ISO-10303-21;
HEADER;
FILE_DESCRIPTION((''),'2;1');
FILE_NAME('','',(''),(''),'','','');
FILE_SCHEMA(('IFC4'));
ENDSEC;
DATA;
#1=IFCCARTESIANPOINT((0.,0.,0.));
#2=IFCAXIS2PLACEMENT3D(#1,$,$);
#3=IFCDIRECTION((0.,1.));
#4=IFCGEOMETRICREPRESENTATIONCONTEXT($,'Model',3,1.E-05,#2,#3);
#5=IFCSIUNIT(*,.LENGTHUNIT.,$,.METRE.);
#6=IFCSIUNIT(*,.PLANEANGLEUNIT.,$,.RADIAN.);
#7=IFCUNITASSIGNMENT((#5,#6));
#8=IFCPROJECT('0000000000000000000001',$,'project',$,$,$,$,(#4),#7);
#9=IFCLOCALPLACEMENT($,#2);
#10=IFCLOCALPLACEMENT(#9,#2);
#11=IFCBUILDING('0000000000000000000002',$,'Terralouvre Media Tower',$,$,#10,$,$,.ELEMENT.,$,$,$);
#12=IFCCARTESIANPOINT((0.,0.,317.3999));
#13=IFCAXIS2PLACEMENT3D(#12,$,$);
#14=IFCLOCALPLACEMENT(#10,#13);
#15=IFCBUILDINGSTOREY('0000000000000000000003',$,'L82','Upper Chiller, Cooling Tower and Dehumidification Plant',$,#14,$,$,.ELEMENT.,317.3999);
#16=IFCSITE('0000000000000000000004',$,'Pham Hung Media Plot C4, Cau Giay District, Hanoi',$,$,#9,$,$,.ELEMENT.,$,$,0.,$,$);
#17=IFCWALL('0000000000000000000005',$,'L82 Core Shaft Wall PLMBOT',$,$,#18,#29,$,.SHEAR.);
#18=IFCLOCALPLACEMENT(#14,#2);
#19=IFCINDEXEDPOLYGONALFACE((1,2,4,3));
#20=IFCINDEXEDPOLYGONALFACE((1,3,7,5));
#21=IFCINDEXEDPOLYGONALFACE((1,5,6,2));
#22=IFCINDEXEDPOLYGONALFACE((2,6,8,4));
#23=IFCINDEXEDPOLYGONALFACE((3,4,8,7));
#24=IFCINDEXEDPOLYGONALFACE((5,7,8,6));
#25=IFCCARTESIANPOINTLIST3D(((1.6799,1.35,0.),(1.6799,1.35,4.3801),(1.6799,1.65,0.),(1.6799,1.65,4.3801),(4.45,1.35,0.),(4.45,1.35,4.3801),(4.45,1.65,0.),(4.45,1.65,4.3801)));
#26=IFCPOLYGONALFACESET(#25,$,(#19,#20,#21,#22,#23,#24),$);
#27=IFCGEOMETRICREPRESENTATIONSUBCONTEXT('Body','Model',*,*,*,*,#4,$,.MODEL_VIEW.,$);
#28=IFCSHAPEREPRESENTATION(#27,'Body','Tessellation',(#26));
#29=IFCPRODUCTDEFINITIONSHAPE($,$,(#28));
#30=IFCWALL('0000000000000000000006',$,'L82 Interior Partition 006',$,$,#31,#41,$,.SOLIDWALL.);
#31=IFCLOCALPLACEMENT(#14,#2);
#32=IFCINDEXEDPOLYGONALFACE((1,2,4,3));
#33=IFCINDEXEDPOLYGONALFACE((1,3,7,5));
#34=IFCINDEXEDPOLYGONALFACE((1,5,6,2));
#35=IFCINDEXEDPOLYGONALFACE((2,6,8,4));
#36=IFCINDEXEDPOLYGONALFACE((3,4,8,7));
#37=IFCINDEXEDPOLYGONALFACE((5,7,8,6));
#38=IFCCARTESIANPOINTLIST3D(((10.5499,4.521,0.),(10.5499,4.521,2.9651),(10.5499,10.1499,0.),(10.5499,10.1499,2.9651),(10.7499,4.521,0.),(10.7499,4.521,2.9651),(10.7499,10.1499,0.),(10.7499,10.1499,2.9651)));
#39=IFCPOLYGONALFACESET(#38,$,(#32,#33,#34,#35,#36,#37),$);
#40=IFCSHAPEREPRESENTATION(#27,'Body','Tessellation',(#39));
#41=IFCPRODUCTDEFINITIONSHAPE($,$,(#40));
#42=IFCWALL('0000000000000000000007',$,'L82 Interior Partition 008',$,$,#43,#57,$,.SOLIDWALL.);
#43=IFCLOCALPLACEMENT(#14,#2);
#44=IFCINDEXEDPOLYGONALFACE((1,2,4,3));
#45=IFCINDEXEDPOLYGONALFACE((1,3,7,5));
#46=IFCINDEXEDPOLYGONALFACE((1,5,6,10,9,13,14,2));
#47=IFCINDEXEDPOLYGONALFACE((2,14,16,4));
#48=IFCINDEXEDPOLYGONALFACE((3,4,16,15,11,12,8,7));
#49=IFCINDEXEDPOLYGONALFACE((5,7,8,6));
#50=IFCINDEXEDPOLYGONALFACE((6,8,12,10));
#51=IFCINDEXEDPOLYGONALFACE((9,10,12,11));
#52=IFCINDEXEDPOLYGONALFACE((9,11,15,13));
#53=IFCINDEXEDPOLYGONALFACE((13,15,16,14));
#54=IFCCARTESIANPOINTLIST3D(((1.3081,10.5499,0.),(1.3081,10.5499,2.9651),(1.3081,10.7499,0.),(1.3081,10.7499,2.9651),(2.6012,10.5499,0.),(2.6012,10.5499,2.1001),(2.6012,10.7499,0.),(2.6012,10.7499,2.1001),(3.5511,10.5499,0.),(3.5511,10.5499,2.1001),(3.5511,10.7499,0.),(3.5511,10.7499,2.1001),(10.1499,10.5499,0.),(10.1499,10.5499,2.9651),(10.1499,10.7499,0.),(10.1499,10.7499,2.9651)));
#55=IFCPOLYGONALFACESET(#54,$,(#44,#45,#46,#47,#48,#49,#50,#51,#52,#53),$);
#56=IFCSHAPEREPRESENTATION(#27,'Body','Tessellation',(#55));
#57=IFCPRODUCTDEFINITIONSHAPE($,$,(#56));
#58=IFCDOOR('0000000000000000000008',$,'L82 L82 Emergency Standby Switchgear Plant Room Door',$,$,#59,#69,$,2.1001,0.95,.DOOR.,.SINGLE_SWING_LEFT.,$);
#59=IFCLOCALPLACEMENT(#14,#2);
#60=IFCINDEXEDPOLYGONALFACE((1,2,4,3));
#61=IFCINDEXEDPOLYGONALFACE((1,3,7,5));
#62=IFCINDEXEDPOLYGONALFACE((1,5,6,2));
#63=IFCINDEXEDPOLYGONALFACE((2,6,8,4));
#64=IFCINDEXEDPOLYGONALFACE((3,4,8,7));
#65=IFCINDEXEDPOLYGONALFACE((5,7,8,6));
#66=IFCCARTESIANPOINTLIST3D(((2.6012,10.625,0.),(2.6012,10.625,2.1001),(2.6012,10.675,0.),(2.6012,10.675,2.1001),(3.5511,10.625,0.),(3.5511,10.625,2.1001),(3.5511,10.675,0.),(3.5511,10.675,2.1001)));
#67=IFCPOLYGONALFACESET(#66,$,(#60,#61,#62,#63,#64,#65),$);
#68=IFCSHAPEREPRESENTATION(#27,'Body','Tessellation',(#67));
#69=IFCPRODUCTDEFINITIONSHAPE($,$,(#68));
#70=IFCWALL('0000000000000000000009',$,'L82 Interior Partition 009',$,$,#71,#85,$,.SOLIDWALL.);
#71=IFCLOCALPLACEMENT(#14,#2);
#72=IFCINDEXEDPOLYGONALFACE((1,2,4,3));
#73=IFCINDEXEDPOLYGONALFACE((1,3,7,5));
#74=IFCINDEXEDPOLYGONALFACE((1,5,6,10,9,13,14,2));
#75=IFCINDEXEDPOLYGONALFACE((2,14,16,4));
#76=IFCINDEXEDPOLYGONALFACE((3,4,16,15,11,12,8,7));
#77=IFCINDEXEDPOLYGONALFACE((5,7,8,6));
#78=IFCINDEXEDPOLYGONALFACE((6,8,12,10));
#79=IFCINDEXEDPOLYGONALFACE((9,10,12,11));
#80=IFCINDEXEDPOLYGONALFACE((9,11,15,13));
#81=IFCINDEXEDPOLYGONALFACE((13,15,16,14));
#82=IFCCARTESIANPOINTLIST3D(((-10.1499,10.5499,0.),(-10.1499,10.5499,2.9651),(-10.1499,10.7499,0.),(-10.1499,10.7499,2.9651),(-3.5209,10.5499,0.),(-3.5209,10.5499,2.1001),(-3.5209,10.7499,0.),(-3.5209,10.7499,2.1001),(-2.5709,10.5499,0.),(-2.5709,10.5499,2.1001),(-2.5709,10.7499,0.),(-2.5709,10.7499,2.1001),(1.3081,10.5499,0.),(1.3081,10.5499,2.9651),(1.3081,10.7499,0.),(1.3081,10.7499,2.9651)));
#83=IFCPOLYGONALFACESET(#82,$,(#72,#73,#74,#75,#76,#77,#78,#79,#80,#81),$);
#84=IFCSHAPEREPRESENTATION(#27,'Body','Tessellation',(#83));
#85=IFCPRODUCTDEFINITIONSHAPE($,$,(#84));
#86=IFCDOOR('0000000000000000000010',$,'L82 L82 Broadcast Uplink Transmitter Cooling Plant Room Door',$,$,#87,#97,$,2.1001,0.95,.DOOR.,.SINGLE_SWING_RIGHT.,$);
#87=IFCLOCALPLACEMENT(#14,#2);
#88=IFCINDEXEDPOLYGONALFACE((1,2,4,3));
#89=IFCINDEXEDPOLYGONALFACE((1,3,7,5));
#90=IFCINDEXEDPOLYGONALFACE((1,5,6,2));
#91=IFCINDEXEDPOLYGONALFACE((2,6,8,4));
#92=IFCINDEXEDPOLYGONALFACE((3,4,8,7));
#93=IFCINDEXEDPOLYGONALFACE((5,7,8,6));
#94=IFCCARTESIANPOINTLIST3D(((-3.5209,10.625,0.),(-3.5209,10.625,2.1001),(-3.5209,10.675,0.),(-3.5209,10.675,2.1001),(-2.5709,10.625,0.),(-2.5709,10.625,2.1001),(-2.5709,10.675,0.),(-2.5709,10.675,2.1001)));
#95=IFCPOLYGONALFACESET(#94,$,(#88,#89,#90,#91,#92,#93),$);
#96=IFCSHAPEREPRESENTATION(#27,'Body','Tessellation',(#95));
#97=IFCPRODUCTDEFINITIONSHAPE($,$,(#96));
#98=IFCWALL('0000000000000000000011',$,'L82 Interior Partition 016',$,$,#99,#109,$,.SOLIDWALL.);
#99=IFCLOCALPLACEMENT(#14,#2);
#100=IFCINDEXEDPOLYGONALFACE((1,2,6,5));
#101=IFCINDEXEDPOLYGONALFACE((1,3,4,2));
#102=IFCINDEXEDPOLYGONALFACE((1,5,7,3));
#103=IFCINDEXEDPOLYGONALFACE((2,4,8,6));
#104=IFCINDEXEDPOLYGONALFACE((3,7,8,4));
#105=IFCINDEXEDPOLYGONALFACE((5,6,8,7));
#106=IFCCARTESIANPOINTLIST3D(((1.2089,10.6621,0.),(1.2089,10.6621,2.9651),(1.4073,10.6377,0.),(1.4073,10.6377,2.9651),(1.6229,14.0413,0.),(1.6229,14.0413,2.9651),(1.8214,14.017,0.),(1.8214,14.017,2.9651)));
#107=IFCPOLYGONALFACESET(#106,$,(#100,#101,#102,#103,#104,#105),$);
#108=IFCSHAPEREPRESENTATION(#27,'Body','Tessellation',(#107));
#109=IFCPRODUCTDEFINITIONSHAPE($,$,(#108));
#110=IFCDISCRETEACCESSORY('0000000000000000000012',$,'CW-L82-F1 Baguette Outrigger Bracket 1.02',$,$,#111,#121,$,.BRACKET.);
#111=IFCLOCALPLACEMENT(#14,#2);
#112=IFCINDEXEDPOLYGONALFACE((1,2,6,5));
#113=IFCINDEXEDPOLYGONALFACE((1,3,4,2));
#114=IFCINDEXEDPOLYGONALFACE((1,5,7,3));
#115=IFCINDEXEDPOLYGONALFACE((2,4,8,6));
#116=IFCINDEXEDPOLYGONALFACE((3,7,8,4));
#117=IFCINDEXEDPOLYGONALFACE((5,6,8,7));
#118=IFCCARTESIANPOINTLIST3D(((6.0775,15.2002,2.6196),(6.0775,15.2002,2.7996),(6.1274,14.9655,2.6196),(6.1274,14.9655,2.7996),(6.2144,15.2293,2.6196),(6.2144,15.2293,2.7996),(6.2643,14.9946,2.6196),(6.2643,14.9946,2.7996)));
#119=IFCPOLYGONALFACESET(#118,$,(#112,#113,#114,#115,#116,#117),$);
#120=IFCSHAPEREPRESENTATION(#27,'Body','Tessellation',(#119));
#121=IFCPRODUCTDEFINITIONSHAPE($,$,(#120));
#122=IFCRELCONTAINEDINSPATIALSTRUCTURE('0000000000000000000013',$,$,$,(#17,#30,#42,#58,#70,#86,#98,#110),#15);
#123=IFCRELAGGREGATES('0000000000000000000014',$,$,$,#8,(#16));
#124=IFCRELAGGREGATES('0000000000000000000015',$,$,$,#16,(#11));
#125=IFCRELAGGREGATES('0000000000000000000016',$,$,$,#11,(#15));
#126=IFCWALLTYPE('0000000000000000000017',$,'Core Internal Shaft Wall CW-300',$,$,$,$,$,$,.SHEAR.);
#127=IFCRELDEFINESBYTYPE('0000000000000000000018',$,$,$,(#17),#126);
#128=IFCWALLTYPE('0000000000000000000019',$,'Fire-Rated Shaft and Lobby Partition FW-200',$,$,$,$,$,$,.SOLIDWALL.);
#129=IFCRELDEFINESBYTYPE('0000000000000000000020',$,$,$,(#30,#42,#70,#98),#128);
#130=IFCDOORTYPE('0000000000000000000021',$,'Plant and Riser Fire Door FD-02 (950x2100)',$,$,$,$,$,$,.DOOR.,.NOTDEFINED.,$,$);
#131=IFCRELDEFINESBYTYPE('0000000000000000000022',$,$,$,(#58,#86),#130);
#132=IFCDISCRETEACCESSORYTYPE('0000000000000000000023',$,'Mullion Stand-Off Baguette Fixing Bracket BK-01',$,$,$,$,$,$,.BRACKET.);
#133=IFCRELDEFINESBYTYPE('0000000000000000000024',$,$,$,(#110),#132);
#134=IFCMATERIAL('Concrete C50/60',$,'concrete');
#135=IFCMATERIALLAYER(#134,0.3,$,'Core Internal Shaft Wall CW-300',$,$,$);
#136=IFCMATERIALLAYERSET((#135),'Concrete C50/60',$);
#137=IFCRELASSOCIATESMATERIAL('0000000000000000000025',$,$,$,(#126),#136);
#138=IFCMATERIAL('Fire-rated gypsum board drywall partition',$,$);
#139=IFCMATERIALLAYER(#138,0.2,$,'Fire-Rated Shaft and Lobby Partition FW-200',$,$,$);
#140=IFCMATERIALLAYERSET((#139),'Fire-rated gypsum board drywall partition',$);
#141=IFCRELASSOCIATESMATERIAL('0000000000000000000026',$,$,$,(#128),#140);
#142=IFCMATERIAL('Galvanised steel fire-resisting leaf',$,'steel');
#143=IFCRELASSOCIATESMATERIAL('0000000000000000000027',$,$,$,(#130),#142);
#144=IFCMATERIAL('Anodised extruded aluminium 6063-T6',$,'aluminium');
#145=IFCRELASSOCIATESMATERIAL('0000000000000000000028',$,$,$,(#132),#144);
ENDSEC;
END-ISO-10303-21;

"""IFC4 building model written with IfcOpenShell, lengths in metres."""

from ifc_helpers import new_model, si_unit, direction, frame, frame_2d, origin, origin_2d, place, context, subcontext, project, spatial, rectangle, extrude, material, layer, layer_set, type_object, element, fill, save


model = new_model("IFC4")

# Units and contexts
model_context = context("Model", 3, precision=1e-05, world=origin(), true_north=direction((0.0, 1.0)))
body_context = subcontext(model_context, "Body", "Model", "MODEL_VIEW")
ifc_project = project(units=[si_unit("LENGTHUNIT", "METRE"), si_unit("PLANEANGLEUNIT", "RADIAN")], contexts=[model_context])

# Site, building, storey
site_placement = place(None, origin())
site = spatial("IfcSite", under=ifc_project, at=site_placement, Name="Pham Hung Media Plot C4, Cau Giay District, Hanoi", CompositionType="ELEMENT", RefElevation=0.0)
building_placement = place(site_placement, origin())
building = spatial("IfcBuilding", under=site, at=building_placement, Name="Terralouvre Media Tower", CompositionType="ELEMENT")
storey_placement = place(building_placement, frame((0.0, 0.0, 317.3999)))
storey = spatial("IfcBuildingStorey", under=building, at=storey_placement, Name="L82", Description="Upper Chiller, Cooling Tower and Dehumidification Plant", CompositionType="ELEMENT", Elevation=317.3999)

# Shared definitions
ifc_material_1 = material(Name="Concrete C50/60", Category="concrete")
ifc_layer_1 = layer(ifc_material_1, 0.3, Name="Core Internal Shaft Wall CW-300")
ifc_layer_set_1 = layer_set([ifc_layer_1], Name="Concrete C50/60")
wall_type_1 = type_object("IfcWallType", Name="Core Internal Shaft Wall CW-300", PredefinedType="SHEAR", material=ifc_layer_set_1)

# Walls
wall_1_placement = place(storey_placement, frame((1.6799, 1.5, 0.0), z_axis=(0.0, 0.0, 1.0), x_axis=(1.0, 0.0, 0.0)))
element("IfcWall", 1, at=wall_1_placement, inside=storey, type_object=wall_type_1, Name="L82 Core Shaft Wall PLMBOT", PredefinedType="SHEAR", context=body_context, shape_type="SweptSolid", body=[
    extrude(rectangle(XDim=2.77, YDim=0.3, at=frame_2d((1.385, 0.0))), origin(), (0.0, 0.0, 1.0), 4.3801),
])
ifc_material_2 = material(Name="Fire-rated gypsum board drywall partition")
ifc_layer_2 = layer(ifc_material_2, 0.2, Name="Fire-Rated Shaft and Lobby Partition FW-200")
ifc_layer_set_2 = layer_set([ifc_layer_2], Name="Fire-rated gypsum board drywall partition")
wall_type_2 = type_object("IfcWallType", Name="Fire-Rated Shaft and Lobby Partition FW-200", PredefinedType="SOLIDWALL", material=ifc_layer_set_2)
wall_2_placement = place(storey_placement, frame((10.6499, 4.521, 0.0), z_axis=(0.0, 0.0, 1.0), x_axis=(0.0, 1.0, 0.0)))
element("IfcWall", 2, at=wall_2_placement, inside=storey, type_object=wall_type_2, Name="L82 Interior Partition 006", PredefinedType="SOLIDWALL", context=body_context, shape_type="SweptSolid", body=[
    extrude(rectangle(XDim=5.6289, YDim=0.2, at=frame_2d((2.8145, 0.0))), origin(), (0.0, 0.0, 1.0), 2.9651),
])

# Walls, openings, doors
wall_3_placement = place(storey_placement, frame((10.1499, 10.6499, 0.0), z_axis=(0.0, 0.0, 1.0), x_axis=(-1.0, 0.0, 0.0)))
wall_3 = element("IfcWall", 3, at=wall_3_placement, inside=storey, type_object=wall_type_2, Name="L82 Interior Partition 008", PredefinedType="SOLIDWALL", context=body_context, shape_type="SweptSolid", body=[
    extrude(rectangle(XDim=8.8418, YDim=0.2, at=frame_2d((4.4209, 0.0))), origin(), (0.0, 0.0, 1.0), 2.9651),
])
opening_1_placement = place(wall_3_placement, frame((6.5986, 0.0, 0.0)))
opening_1 = element("IfcOpeningElement", 4, at=opening_1_placement, cuts=wall_3, PredefinedType="OPENING", context=body_context, shape_type="SweptSolid", body=[
    extrude(rectangle(XDim=0.95, YDim=2.1001, at=frame_2d((0.4751, 1.05))), frame((0.0, 0.1099, 0.0), z_axis=(0.0, -1.0, 0.0), x_axis=(1.0, 0.0, 0.0)), (0.0, 0.0, 1.0), 0.22),
])
ifc_material_3 = material(Name="Galvanised steel fire-resisting leaf", Category="steel")
door_type_1 = type_object("IfcDoorType", Name="Plant and Riser Fire Door FD-02 (950x2100)", OperationType="NOTDEFINED", PredefinedType="DOOR", material=ifc_material_3)
door_1_placement = place(opening_1_placement, origin())
door_1 = element("IfcDoor", 5, at=door_1_placement, inside=storey, type_object=door_type_1, Name="L82 L82 Emergency Standby Switchgear Plant Room Door", OperationType="SINGLE_SWING_LEFT", OverallHeight=2.1001, OverallWidth=0.95, PredefinedType="DOOR", context=body_context, shape_type="SweptSolid", body=[
    extrude(rectangle(XDim=0.95, YDim=2.1001, at=frame_2d((0.4751, 1.05))), frame((0.0, 0.0249, 0.0), z_axis=(0.0, -1.0, 0.0), x_axis=(1.0, 0.0, 0.0)), (0.0, 0.0, 1.0), 0.05),
])
fill(opening_1, door_1)
wall_4_placement = place(storey_placement, frame((1.3081, 10.6499, 0.0), z_axis=(0.0, 0.0, 1.0), x_axis=(-1.0, 0.0, 0.0)))
wall_4 = element("IfcWall", 6, at=wall_4_placement, inside=storey, type_object=wall_type_2, Name="L82 Interior Partition 009", PredefinedType="SOLIDWALL", context=body_context, shape_type="SweptSolid", body=[
    extrude(rectangle(XDim=11.458, YDim=0.2, at=frame_2d((5.729, 0.0))), origin(), (0.0, 0.0, 1.0), 2.9651),
])
opening_2_placement = place(wall_4_placement, frame((3.8789, 0.0, 0.0)))
opening_2 = element("IfcOpeningElement", 7, at=opening_2_placement, cuts=wall_4, PredefinedType="OPENING", context=body_context, shape_type="SweptSolid", body=[
    extrude(rectangle(XDim=0.95, YDim=2.1001, at=frame_2d((0.4751, 1.05))), frame((0.0, 0.1099, 0.0), z_axis=(0.0, -1.0, 0.0), x_axis=(1.0, 0.0, 0.0)), (0.0, 0.0, 1.0), 0.22),
])
door_2_placement = place(opening_2_placement, origin())
door_2 = element("IfcDoor", 8, at=door_2_placement, inside=storey, type_object=door_type_1, Name="L82 L82 Broadcast Uplink Transmitter Cooling Plant Room Door", OperationType="SINGLE_SWING_RIGHT", OverallHeight=2.1001, OverallWidth=0.95, PredefinedType="DOOR", context=body_context, shape_type="SweptSolid", body=[
    extrude(rectangle(XDim=0.95, YDim=2.1001, at=frame_2d((0.4751, 1.05))), frame((0.0, 0.0249, 0.0), z_axis=(0.0, -1.0, 0.0), x_axis=(1.0, 0.0, 0.0)), (0.0, 0.0, 1.0), 0.05),
])
fill(opening_2, door_2)

# Wall
wall_5_placement = place(storey_placement, frame((1.7222, 14.0291, 0.0), z_axis=(0.0, 0.0, 1.0), x_axis=(-0.121625, -0.992576, 0.0)))
element("IfcWall", 9, at=wall_5_placement, inside=storey, type_object=wall_type_2, Name="L82 Interior Partition 016", PredefinedType="SOLIDWALL", context=body_context, shape_type="SweptSolid", body=[
    extrude(rectangle(XDim=3.4045, YDim=0.2, at=frame_2d((1.7021, 0.0))), origin(), (0.0, 0.0, 1.0), 2.9651),
])

# Discrete accessory
ifc_material_4 = material(Name="Anodised extruded aluminium 6063-T6", Category="aluminium")
discrete_accessory_type = type_object("IfcDiscreteAccessoryType", Name="Mullion Stand-Off Baguette Fixing Bracket BK-01", PredefinedType="BRACKET", material=ifc_material_4)
discrete_accessory_placement = place(storey_placement, frame((6.1709, 15.0974, 2.6196), z_axis=(0.0, 0.0, 1.0), x_axis=(-0.978148, -0.207912, 0.0)))
element("IfcDiscreteAccessory", 10, at=discrete_accessory_placement, inside=storey, type_object=discrete_accessory_type, Name="CW-L82-F1 Baguette Outrigger Bracket 1.02", PredefinedType="BRACKET", context=body_context, shape_type="SweptSolid", body=[
    extrude(rectangle(XDim=0.1399, YDim=0.24, at=origin_2d()), origin(), (0.0, 0.0, 1.0), 0.1799),
])

save(model, "model.ifc")
